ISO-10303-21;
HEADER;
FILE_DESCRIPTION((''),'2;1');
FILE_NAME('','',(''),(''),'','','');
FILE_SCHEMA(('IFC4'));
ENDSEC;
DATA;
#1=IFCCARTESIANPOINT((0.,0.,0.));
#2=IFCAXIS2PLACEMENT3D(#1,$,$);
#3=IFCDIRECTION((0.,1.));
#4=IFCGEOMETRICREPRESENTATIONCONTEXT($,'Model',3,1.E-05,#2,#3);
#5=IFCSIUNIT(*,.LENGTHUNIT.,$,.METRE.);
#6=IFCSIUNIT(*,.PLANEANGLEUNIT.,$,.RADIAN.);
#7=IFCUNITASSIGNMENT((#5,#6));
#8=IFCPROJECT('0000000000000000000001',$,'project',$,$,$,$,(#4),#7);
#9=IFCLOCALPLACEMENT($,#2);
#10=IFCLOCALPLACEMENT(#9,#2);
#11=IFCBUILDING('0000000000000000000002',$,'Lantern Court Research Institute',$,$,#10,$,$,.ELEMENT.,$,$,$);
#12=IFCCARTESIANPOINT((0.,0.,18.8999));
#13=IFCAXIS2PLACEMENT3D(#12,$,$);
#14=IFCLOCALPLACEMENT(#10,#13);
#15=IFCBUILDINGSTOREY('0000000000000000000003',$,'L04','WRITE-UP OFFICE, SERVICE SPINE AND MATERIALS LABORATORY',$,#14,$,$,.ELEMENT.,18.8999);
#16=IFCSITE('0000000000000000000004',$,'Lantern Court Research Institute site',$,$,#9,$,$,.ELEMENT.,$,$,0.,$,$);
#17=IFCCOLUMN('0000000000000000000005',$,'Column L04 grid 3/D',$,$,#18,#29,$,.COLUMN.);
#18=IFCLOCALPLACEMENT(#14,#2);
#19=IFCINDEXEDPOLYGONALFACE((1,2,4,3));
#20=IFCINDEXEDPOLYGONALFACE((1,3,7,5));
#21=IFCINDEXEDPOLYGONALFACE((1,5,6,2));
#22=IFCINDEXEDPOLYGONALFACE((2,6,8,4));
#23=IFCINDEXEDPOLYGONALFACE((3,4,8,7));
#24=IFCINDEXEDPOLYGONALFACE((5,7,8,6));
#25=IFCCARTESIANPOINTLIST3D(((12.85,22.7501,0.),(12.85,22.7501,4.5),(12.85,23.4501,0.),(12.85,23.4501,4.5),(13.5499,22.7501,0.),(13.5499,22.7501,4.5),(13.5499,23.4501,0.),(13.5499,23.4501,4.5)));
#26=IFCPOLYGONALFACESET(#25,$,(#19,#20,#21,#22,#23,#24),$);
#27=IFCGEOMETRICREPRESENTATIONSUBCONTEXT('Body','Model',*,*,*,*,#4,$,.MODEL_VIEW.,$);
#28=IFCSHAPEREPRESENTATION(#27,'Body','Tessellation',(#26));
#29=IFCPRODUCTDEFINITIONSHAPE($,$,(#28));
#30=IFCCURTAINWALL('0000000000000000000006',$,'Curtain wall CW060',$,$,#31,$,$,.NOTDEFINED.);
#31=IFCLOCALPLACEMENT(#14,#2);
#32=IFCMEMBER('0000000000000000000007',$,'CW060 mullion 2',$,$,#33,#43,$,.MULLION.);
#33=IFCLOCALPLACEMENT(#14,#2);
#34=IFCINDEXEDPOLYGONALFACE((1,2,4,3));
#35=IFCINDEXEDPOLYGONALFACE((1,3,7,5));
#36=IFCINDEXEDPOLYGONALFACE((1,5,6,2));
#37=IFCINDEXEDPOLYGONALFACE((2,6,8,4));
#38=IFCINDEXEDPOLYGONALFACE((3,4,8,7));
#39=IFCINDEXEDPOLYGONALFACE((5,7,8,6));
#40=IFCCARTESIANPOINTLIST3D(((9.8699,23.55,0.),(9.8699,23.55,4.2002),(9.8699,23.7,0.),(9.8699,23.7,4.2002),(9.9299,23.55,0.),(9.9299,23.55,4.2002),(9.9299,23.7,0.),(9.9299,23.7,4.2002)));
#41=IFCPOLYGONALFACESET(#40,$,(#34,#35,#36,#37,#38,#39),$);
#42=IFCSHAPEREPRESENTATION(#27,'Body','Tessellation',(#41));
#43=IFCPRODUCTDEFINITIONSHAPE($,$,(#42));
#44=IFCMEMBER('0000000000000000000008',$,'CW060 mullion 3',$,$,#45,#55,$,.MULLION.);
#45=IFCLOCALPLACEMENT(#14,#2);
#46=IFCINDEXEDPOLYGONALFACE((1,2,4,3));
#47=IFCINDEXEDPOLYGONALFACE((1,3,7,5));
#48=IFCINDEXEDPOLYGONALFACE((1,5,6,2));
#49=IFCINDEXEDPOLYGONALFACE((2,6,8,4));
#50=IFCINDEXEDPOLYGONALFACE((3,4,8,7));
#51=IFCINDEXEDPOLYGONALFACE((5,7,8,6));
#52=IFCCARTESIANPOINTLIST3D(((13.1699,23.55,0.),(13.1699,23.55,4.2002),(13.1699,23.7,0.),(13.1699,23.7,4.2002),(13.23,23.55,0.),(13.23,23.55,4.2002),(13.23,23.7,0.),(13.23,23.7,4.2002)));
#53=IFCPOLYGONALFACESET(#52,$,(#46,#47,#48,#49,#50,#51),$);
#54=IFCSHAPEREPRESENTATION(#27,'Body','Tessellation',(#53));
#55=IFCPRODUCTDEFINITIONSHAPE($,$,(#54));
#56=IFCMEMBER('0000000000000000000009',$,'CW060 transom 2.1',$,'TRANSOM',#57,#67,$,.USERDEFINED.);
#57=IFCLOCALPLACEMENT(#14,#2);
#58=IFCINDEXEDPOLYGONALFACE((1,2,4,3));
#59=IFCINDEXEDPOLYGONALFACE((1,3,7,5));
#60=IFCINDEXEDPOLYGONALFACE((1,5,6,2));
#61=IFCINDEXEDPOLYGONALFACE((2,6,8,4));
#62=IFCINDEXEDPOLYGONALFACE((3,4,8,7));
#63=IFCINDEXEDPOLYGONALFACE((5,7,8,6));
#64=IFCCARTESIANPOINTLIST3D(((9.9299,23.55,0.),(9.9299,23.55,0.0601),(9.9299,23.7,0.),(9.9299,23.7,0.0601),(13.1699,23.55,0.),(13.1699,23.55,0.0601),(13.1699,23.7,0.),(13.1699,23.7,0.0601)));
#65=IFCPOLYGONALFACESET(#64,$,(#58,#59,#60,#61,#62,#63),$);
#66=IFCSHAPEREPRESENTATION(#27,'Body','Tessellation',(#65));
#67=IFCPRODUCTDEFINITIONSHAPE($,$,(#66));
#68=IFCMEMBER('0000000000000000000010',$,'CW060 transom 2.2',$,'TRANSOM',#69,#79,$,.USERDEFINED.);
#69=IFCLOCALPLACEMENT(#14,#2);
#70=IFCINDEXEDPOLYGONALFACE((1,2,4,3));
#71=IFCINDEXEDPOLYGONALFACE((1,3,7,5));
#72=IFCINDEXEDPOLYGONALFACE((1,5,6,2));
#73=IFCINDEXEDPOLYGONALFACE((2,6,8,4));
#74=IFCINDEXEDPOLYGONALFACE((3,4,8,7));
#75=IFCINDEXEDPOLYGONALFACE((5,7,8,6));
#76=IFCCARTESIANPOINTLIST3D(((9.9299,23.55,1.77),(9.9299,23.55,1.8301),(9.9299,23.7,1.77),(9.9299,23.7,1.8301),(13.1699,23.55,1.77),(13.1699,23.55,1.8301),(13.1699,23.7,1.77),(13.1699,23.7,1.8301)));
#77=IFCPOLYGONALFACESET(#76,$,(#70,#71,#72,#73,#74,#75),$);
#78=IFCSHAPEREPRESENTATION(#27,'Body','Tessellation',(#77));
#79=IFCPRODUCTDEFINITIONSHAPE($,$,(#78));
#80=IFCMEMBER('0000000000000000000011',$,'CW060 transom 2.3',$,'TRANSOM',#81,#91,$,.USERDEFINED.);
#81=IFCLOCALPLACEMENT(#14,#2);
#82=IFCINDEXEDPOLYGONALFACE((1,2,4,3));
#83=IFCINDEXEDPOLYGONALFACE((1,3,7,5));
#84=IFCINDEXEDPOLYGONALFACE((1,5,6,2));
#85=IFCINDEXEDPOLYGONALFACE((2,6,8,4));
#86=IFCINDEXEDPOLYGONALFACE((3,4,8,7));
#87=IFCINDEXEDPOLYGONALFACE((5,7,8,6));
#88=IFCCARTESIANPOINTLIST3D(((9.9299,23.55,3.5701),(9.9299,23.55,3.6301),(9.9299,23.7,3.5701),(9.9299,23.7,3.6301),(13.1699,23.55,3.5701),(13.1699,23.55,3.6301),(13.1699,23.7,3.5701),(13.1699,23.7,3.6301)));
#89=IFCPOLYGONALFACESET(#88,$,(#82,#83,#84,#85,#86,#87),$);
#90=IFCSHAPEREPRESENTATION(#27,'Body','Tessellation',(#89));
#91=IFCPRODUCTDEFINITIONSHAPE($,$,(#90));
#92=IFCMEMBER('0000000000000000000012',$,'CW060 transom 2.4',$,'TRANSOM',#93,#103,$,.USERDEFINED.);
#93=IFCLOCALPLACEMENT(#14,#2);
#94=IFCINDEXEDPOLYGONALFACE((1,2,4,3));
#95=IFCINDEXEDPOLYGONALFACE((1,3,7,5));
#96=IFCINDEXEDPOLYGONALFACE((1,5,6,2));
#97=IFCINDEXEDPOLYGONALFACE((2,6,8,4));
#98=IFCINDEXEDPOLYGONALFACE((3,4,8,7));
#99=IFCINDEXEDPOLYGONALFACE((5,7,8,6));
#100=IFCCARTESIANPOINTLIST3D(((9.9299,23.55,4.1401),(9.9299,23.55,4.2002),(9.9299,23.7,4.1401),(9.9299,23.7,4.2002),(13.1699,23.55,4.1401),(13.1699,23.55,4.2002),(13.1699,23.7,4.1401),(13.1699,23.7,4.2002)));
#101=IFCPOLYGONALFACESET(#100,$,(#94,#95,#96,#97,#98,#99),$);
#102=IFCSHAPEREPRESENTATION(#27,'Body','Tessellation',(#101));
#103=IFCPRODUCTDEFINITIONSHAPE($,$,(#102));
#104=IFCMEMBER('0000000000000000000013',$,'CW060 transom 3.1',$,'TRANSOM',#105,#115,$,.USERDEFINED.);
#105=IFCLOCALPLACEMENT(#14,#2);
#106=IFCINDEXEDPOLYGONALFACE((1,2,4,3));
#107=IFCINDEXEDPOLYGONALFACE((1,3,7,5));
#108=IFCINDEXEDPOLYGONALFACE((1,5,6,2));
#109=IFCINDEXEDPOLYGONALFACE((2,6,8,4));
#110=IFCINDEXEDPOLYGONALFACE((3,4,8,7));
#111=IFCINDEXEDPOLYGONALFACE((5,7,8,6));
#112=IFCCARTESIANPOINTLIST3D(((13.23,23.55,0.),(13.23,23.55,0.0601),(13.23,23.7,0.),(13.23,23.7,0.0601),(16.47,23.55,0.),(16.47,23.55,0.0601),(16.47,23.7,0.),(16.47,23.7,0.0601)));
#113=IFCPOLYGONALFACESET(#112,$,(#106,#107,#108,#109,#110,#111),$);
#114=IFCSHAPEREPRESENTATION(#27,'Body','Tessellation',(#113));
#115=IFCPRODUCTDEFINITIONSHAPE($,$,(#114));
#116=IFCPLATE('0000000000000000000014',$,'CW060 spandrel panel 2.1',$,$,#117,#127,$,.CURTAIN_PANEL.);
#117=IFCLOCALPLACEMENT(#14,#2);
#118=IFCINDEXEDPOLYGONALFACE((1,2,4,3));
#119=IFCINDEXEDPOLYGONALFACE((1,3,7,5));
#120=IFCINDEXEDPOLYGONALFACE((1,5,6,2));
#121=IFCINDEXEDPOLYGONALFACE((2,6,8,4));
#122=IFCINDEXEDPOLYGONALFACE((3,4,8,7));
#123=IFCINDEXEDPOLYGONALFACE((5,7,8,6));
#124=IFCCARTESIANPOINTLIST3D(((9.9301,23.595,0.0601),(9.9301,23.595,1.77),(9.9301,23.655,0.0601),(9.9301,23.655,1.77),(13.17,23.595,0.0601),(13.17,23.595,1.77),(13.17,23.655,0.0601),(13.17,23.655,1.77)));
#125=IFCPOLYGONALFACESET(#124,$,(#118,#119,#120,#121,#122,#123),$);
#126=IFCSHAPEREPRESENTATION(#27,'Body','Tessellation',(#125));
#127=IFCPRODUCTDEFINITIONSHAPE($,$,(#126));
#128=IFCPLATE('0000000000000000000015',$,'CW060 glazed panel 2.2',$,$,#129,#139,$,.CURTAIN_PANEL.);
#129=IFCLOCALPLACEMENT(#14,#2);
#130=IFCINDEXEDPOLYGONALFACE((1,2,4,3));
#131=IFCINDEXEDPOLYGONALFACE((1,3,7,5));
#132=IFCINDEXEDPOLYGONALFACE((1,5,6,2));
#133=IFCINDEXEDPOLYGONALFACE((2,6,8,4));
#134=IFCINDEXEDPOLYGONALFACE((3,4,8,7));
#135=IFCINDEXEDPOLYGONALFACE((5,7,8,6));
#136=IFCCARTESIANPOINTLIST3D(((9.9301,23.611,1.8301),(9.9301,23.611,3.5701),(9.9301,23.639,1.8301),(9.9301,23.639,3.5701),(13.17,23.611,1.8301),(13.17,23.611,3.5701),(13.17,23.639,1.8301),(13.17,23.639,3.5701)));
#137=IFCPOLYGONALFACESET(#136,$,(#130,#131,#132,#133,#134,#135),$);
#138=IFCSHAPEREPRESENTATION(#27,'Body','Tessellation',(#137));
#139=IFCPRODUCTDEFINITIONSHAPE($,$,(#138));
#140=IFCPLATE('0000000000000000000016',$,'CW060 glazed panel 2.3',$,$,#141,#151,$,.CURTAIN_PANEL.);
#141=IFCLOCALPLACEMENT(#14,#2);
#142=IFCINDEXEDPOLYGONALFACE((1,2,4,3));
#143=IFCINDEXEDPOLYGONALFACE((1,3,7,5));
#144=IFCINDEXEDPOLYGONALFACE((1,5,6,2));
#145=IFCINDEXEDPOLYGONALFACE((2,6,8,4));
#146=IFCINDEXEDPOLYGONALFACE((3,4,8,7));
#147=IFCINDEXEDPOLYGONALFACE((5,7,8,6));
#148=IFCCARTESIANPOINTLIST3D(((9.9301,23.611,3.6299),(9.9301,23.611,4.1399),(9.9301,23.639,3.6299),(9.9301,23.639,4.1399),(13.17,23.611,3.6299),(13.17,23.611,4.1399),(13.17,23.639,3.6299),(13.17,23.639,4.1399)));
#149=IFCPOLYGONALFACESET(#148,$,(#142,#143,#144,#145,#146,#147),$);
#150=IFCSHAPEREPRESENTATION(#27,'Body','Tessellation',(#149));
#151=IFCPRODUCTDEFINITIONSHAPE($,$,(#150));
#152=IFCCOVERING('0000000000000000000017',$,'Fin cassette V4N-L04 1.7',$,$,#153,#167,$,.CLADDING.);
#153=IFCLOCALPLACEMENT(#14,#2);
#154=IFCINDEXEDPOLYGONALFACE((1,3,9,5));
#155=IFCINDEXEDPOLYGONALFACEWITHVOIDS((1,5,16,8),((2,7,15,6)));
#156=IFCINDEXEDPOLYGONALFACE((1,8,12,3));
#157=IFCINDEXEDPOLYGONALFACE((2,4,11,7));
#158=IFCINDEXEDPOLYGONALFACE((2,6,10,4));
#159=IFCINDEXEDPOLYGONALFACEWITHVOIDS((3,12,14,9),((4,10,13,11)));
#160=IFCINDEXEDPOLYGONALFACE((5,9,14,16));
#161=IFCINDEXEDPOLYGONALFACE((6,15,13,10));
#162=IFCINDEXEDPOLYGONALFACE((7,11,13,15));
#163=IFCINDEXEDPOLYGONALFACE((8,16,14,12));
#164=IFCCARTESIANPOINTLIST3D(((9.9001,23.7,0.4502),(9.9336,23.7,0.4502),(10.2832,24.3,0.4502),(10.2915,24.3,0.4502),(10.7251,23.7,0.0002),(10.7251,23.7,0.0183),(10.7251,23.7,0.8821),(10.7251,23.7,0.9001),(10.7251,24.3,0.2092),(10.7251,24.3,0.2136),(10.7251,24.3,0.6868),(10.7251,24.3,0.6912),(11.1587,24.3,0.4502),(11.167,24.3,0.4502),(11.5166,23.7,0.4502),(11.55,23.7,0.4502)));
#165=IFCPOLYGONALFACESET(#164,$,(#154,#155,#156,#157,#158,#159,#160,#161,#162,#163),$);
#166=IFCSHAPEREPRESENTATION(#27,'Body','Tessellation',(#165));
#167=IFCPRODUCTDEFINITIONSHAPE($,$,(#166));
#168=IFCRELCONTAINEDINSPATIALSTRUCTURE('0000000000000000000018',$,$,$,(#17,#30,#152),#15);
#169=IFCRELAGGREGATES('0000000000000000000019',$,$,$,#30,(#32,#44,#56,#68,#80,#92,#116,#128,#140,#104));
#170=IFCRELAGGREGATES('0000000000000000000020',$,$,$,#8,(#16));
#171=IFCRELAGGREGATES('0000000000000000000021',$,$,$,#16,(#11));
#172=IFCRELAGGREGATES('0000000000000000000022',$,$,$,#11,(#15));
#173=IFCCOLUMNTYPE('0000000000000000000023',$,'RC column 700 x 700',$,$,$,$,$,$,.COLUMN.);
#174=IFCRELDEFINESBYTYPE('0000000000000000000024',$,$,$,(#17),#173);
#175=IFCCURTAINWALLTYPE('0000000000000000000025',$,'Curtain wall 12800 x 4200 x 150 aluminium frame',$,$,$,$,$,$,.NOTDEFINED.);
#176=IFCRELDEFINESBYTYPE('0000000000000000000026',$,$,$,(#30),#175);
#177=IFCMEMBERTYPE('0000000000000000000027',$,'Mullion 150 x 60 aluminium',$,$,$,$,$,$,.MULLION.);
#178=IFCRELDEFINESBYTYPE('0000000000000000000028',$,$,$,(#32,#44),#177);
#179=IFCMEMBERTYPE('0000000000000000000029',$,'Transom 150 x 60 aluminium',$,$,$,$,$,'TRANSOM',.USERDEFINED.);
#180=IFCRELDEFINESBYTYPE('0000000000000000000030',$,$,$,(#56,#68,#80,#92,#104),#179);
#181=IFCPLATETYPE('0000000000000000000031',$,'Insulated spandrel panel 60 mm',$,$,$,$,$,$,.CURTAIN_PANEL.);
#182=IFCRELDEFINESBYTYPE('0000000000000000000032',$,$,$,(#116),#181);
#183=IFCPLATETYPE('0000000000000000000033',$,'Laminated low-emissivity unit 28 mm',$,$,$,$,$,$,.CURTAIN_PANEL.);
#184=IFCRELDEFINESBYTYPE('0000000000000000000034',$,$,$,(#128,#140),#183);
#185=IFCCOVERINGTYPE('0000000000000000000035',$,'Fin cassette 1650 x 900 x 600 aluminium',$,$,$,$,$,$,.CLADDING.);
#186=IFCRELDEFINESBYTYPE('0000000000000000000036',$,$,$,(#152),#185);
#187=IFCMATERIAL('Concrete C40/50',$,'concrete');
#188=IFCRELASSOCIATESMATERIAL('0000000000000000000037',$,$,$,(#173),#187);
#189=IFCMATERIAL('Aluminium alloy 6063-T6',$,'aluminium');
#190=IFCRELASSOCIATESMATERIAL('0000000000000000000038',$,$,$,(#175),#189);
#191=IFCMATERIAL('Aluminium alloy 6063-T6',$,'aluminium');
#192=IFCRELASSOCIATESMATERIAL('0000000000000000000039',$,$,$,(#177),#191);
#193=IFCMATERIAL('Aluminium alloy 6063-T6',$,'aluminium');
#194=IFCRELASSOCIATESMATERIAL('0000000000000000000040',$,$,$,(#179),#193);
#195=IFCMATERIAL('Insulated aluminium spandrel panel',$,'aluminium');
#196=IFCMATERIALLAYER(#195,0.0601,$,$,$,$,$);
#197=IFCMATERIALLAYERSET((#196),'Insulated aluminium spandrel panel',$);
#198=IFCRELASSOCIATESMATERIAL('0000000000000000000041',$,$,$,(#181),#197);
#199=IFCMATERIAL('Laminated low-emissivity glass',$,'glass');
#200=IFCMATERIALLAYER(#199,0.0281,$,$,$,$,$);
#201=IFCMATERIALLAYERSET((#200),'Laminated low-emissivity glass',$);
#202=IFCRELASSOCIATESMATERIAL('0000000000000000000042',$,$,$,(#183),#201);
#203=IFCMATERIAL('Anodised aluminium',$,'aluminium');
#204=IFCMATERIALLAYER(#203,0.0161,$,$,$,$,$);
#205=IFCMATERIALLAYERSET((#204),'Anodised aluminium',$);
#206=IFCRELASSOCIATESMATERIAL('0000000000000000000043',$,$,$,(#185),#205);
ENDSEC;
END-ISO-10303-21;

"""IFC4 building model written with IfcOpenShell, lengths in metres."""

from ifc_helpers import new_model, entity, si_unit, direction, frame, origin, origin_2d, place, context, subcontext, project, spatial, rectangle, extrude, material, layer, layer_set, material_profile, profile_set, type_object, element, aggregate, save


model = new_model("IFC4")

# Units and contexts
model_context = context("Model", 3, precision=1e-05, world=origin(), true_north=direction((0.0, 1.0)))
body_context = subcontext(model_context, "Body", "Model", "MODEL_VIEW")
ifc_project = project(units=[si_unit("LENGTHUNIT", "METRE"), si_unit("PLANEANGLEUNIT", "RADIAN")], contexts=[model_context])

# Site, building, storey
site_placement = place(None, origin())
site = spatial("IfcSite", under=ifc_project, at=site_placement, Name="Lantern Court Research Institute site", CompositionType="ELEMENT", RefElevation=0.0)
building_placement = place(site_placement, origin())
building = spatial("IfcBuilding", under=site, at=building_placement, Name="Lantern Court Research Institute", CompositionType="ELEMENT")
storey_placement = place(building_placement, frame((0.0, 0.0, 18.8999)))
storey = spatial("IfcBuildingStorey", under=building, at=storey_placement, Name="L04", Description="WRITE-UP OFFICE, SERVICE SPINE AND MATERIALS LABORATORY", CompositionType="ELEMENT", Elevation=18.8999)

# Column
ifc_material_1 = material(Name="Concrete C40/50", Category="concrete")
ifc_material_profile_1 = material_profile(ifc_material_1, rectangle(XDim=0.7, YDim=0.7, at=origin_2d()), Name="RC column 700 x 700")
ifc_profile_set_1 = profile_set([ifc_material_profile_1], Name="Concrete C40/50")
column_type = type_object("IfcColumnType", Name="RC column 700 x 700", PredefinedType="COLUMN", material=ifc_profile_set_1)
column_placement = place(storey_placement, frame((13.2, 23.1001, 0.0), z_axis=(0.0, 0.0, 1.0), x_axis=(1.0, 0.0, 0.0)))
element("IfcColumn", 1, at=column_placement, inside=storey, type_object=column_type, Name="Column L04 grid 3/D", PredefinedType="COLUMN", context=body_context, shape_type="SweptSolid", body=[
    extrude(rectangle(XDim=0.7, YDim=0.7, at=origin_2d()), origin(), (0.0, 0.0, 1.0), 4.5),
])

# Curtain wall, members, plates
ifc_material_2 = material(Name="Aluminium alloy 6063-T6", Category="aluminium")
curtain_wall_type = type_object("IfcCurtainWallType", Name="Curtain wall 12800 x 4200 x 150 aluminium frame", PredefinedType="NOTDEFINED", material=ifc_material_2)
curtain_wall_placement = place(storey_placement, origin())
curtain_wall = element("IfcCurtainWall", 2, at=curtain_wall_placement, inside=storey, type_object=curtain_wall_type, Name="Curtain wall CW060", PredefinedType="NOTDEFINED")
ifc_material_3 = material(Name="Aluminium alloy 6063-T6", Category="aluminium")
ifc_material_profile_2 = material_profile(ifc_material_3, rectangle(XDim=0.1499, YDim=0.0601, at=origin_2d()), Name="Mullion 150 x 60")
ifc_profile_set_2 = profile_set([ifc_material_profile_2], Name="Aluminium alloy 6063-T6")
member_type_1 = type_object("IfcMemberType", Name="Mullion 150 x 60 aluminium", PredefinedType="MULLION", material=ifc_profile_set_2)
member_1_placement = place(storey_placement, frame((9.8999, 23.625, 0.0), z_axis=(0.0, 0.0, 1.0), x_axis=(0.0, 1.0, 0.0)))
member_1 = element("IfcMember", 3, at=member_1_placement, type_object=member_type_1, Name="CW060 mullion 2", PredefinedType="MULLION", context=body_context, shape_type="SweptSolid", body=[
    extrude(rectangle(XDim=0.1499, YDim=0.0601, at=origin_2d()), origin(), (0.0, 0.0, 1.0), 4.2002),
])
member_2_placement = place(storey_placement, frame((13.2, 23.625, 0.0), z_axis=(0.0, 0.0, 1.0), x_axis=(0.0, 1.0, 0.0)))
member_2 = element("IfcMember", 4, at=member_2_placement, type_object=member_type_1, Name="CW060 mullion 3", PredefinedType="MULLION", context=body_context, shape_type="SweptSolid", body=[
    extrude(rectangle(XDim=0.1499, YDim=0.0601, at=origin_2d()), origin(), (0.0, 0.0, 1.0), 4.2002),
])
ifc_material_4 = material(Name="Aluminium alloy 6063-T6", Category="aluminium")
ifc_material_profile_3 = material_profile(ifc_material_4, rectangle(XDim=0.1499, YDim=0.0601, at=origin_2d()), Name="Transom 150 x 60")
ifc_profile_set_3 = profile_set([ifc_material_profile_3], Name="Aluminium alloy 6063-T6")
member_type_2 = type_object("IfcMemberType", Name="Transom 150 x 60 aluminium", ElementType="TRANSOM", PredefinedType="USERDEFINED", material=ifc_profile_set_3)
member_3_placement = place(storey_placement, frame((9.9299, 23.625, 0.03), z_axis=(1.0, 0.0, 0.0), x_axis=(0.0, 1.0, 0.0)))
member_3 = element("IfcMember", 5, at=member_3_placement, type_object=member_type_2, Name="CW060 transom 2.1", ObjectType="TRANSOM", PredefinedType="USERDEFINED", context=body_context, shape_type="SweptSolid", body=[
    extrude(rectangle(XDim=0.1499, YDim=0.0601, at=origin_2d()), origin(), (0.0, 0.0, 1.0), 3.24),
])
member_4_placement = place(storey_placement, frame((9.9299, 23.625, 1.8), z_axis=(1.0, 0.0, 0.0), x_axis=(0.0, 1.0, 0.0)))
member_4 = element("IfcMember", 6, at=member_4_placement, type_object=member_type_2, Name="CW060 transom 2.2", ObjectType="TRANSOM", PredefinedType="USERDEFINED", context=body_context, shape_type="SweptSolid", body=[
    extrude(rectangle(XDim=0.1499, YDim=0.0601, at=origin_2d()), origin(), (0.0, 0.0, 1.0), 3.24),
])
member_5_placement = place(storey_placement, frame((9.9299, 23.625, 3.6001), z_axis=(1.0, 0.0, 0.0), x_axis=(0.0, 1.0, 0.0)))
member_5 = element("IfcMember", 7, at=member_5_placement, type_object=member_type_2, Name="CW060 transom 2.3", ObjectType="TRANSOM", PredefinedType="USERDEFINED", context=body_context, shape_type="SweptSolid", body=[
    extrude(rectangle(XDim=0.1499, YDim=0.0601, at=origin_2d()), origin(), (0.0, 0.0, 1.0), 3.24),
])
member_6_placement = place(storey_placement, frame((9.9299, 23.625, 4.1702), z_axis=(1.0, 0.0, 0.0), x_axis=(0.0, 1.0, 0.0)))
member_6 = element("IfcMember", 8, at=member_6_placement, type_object=member_type_2, Name="CW060 transom 2.4", ObjectType="TRANSOM", PredefinedType="USERDEFINED", context=body_context, shape_type="SweptSolid", body=[
    extrude(rectangle(XDim=0.1499, YDim=0.0601, at=origin_2d()), origin(), (0.0, 0.0, 1.0), 3.24),
])
member_7_placement = place(storey_placement, frame((13.23, 23.625, 0.03), z_axis=(1.0, 0.0, 0.0), x_axis=(0.0, 1.0, 0.0)))
member_7 = element("IfcMember", 9, at=member_7_placement, type_object=member_type_2, Name="CW060 transom 3.1", ObjectType="TRANSOM", PredefinedType="USERDEFINED", context=body_context, shape_type="SweptSolid", body=[
    extrude(rectangle(XDim=0.1499, YDim=0.0601, at=origin_2d()), origin(), (0.0, 0.0, 1.0), 3.24),
])
ifc_material_5 = material(Name="Insulated aluminium spandrel panel", Category="aluminium")
ifc_layer_1 = layer(ifc_material_5, 0.0601)
ifc_layer_set_1 = layer_set([ifc_layer_1], Name="Insulated aluminium spandrel panel")
plate_type_1 = type_object("IfcPlateType", Name="Insulated spandrel panel 60 mm", PredefinedType="CURTAIN_PANEL", material=ifc_layer_set_1)
plate_1_placement = place(storey_placement, frame((11.55, 23.625, 0.0601), z_axis=(0.0, 0.0, 1.0), x_axis=(1.0, 0.0, 0.0)))
plate_1 = element("IfcPlate", 10, at=plate_1_placement, type_object=plate_type_1, Name="CW060 spandrel panel 2.1", PredefinedType="CURTAIN_PANEL", context=body_context, shape_type="SweptSolid", body=[
    extrude(rectangle(XDim=3.24, YDim=0.0601, at=origin_2d()), origin(), (0.0, 0.0, 1.0), 1.71),
])
ifc_material_6 = material(Name="Laminated low-emissivity glass", Category="glass")
ifc_layer_2 = layer(ifc_material_6, 0.0281)
ifc_layer_set_2 = layer_set([ifc_layer_2], Name="Laminated low-emissivity glass")
plate_type_2 = type_object("IfcPlateType", Name="Laminated low-emissivity unit 28 mm", PredefinedType="CURTAIN_PANEL", material=ifc_layer_set_2)
plate_2_placement = place(storey_placement, frame((11.55, 23.625, 1.8301), z_axis=(0.0, 0.0, 1.0), x_axis=(1.0, 0.0, 0.0)))
plate_2 = element("IfcPlate", 11, at=plate_2_placement, type_object=plate_type_2, Name="CW060 glazed panel 2.2", PredefinedType="CURTAIN_PANEL", context=body_context, shape_type="SweptSolid", body=[
    extrude(rectangle(XDim=3.24, YDim=0.0281, at=origin_2d()), origin(), (0.0, 0.0, 1.0), 1.74),
])
plate_3_placement = place(storey_placement, frame((11.55, 23.625, 3.6299), z_axis=(0.0, 0.0, 1.0), x_axis=(1.0, 0.0, 0.0)))
plate_3 = element("IfcPlate", 12, at=plate_3_placement, type_object=plate_type_2, Name="CW060 glazed panel 2.3", PredefinedType="CURTAIN_PANEL", context=body_context, shape_type="SweptSolid", body=[
    extrude(rectangle(XDim=3.24, YDim=0.0281, at=origin_2d()), origin(), (0.0, 0.0, 1.0), 0.51),
])
aggregate(curtain_wall, [member_1, member_2, member_3, member_4, member_5, member_6, plate_1, plate_2, plate_3, member_7])

# Covering
ifc_material_7 = material(Name="Anodised aluminium", Category="aluminium")
ifc_layer_3 = layer(ifc_material_7, 0.0161)
ifc_layer_set_3 = layer_set([ifc_layer_3], Name="Anodised aluminium")
covering_type = type_object("IfcCoveringType", Name="Fin cassette 1650 x 900 x 600 aluminium", PredefinedType="CLADDING", material=ifc_layer_set_3)
covering_1_placement = place(storey_placement, frame((10.7251, 23.7, 0.4502), z_axis=(0.0, 1.0, 0.0), x_axis=(-1.0, 0.0, 0.0)))
cartesian_point_1 = entity("IfcCartesianPoint", [0.825, 0.0])
cartesian_point_2 = entity("IfcCartesianPoint", [0.7915, 0.0])
cartesian_point_3 = entity("IfcCartesianPoint", [0.4419, 0.0])
cartesian_point_4 = entity("IfcCartesianPoint", [0.4336, 0.0])
element("IfcCovering", 13, at=covering_1_placement, inside=storey, type_object=covering_type, Name="Fin cassette V4N-L04 1.7", PredefinedType="CLADDING", context=body_context, shape_type="SweptSolid", body=[
    entity("IfcExtrudedAreaSolidTapered", entity("IfcArbitraryProfileDefWithVoids", "AREA", None, entity("IfcPolyline", [cartesian_point_1, entity("IfcCartesianPoint", [0.0, 0.45]), entity("IfcCartesianPoint", [-0.825, 0.0]), entity("IfcCartesianPoint", [0.0, -0.45]), cartesian_point_1]), [entity("IfcPolyline", [cartesian_point_2, entity("IfcCartesianPoint", [0.0, 0.4319]), entity("IfcCartesianPoint", [-0.7915, 0.0]), entity("IfcCartesianPoint", [0.0, -0.4319]), cartesian_point_2])]), entity("IfcAxis2Placement3D", entity("IfcCartesianPoint", [0.0, 0.0, 0.0])), entity("IfcDirection", [0.0, 0.0, 1.0]), 0.6001, entity("IfcArbitraryProfileDefWithVoids", "AREA", None, entity("IfcPolyline", [cartesian_point_3, entity("IfcCartesianPoint", [0.0, 0.241]), entity("IfcCartesianPoint", [-0.4419, 0.0]), entity("IfcCartesianPoint", [0.0, -0.241]), cartesian_point_3]), [entity("IfcPolyline", [cartesian_point_4, entity("IfcCartesianPoint", [0.0, 0.2366]), entity("IfcCartesianPoint", [-0.4336, 0.0]), entity("IfcCartesianPoint", [0.0, -0.2366]), cartesian_point_4])])),
])

save(model, "model.ifc")
